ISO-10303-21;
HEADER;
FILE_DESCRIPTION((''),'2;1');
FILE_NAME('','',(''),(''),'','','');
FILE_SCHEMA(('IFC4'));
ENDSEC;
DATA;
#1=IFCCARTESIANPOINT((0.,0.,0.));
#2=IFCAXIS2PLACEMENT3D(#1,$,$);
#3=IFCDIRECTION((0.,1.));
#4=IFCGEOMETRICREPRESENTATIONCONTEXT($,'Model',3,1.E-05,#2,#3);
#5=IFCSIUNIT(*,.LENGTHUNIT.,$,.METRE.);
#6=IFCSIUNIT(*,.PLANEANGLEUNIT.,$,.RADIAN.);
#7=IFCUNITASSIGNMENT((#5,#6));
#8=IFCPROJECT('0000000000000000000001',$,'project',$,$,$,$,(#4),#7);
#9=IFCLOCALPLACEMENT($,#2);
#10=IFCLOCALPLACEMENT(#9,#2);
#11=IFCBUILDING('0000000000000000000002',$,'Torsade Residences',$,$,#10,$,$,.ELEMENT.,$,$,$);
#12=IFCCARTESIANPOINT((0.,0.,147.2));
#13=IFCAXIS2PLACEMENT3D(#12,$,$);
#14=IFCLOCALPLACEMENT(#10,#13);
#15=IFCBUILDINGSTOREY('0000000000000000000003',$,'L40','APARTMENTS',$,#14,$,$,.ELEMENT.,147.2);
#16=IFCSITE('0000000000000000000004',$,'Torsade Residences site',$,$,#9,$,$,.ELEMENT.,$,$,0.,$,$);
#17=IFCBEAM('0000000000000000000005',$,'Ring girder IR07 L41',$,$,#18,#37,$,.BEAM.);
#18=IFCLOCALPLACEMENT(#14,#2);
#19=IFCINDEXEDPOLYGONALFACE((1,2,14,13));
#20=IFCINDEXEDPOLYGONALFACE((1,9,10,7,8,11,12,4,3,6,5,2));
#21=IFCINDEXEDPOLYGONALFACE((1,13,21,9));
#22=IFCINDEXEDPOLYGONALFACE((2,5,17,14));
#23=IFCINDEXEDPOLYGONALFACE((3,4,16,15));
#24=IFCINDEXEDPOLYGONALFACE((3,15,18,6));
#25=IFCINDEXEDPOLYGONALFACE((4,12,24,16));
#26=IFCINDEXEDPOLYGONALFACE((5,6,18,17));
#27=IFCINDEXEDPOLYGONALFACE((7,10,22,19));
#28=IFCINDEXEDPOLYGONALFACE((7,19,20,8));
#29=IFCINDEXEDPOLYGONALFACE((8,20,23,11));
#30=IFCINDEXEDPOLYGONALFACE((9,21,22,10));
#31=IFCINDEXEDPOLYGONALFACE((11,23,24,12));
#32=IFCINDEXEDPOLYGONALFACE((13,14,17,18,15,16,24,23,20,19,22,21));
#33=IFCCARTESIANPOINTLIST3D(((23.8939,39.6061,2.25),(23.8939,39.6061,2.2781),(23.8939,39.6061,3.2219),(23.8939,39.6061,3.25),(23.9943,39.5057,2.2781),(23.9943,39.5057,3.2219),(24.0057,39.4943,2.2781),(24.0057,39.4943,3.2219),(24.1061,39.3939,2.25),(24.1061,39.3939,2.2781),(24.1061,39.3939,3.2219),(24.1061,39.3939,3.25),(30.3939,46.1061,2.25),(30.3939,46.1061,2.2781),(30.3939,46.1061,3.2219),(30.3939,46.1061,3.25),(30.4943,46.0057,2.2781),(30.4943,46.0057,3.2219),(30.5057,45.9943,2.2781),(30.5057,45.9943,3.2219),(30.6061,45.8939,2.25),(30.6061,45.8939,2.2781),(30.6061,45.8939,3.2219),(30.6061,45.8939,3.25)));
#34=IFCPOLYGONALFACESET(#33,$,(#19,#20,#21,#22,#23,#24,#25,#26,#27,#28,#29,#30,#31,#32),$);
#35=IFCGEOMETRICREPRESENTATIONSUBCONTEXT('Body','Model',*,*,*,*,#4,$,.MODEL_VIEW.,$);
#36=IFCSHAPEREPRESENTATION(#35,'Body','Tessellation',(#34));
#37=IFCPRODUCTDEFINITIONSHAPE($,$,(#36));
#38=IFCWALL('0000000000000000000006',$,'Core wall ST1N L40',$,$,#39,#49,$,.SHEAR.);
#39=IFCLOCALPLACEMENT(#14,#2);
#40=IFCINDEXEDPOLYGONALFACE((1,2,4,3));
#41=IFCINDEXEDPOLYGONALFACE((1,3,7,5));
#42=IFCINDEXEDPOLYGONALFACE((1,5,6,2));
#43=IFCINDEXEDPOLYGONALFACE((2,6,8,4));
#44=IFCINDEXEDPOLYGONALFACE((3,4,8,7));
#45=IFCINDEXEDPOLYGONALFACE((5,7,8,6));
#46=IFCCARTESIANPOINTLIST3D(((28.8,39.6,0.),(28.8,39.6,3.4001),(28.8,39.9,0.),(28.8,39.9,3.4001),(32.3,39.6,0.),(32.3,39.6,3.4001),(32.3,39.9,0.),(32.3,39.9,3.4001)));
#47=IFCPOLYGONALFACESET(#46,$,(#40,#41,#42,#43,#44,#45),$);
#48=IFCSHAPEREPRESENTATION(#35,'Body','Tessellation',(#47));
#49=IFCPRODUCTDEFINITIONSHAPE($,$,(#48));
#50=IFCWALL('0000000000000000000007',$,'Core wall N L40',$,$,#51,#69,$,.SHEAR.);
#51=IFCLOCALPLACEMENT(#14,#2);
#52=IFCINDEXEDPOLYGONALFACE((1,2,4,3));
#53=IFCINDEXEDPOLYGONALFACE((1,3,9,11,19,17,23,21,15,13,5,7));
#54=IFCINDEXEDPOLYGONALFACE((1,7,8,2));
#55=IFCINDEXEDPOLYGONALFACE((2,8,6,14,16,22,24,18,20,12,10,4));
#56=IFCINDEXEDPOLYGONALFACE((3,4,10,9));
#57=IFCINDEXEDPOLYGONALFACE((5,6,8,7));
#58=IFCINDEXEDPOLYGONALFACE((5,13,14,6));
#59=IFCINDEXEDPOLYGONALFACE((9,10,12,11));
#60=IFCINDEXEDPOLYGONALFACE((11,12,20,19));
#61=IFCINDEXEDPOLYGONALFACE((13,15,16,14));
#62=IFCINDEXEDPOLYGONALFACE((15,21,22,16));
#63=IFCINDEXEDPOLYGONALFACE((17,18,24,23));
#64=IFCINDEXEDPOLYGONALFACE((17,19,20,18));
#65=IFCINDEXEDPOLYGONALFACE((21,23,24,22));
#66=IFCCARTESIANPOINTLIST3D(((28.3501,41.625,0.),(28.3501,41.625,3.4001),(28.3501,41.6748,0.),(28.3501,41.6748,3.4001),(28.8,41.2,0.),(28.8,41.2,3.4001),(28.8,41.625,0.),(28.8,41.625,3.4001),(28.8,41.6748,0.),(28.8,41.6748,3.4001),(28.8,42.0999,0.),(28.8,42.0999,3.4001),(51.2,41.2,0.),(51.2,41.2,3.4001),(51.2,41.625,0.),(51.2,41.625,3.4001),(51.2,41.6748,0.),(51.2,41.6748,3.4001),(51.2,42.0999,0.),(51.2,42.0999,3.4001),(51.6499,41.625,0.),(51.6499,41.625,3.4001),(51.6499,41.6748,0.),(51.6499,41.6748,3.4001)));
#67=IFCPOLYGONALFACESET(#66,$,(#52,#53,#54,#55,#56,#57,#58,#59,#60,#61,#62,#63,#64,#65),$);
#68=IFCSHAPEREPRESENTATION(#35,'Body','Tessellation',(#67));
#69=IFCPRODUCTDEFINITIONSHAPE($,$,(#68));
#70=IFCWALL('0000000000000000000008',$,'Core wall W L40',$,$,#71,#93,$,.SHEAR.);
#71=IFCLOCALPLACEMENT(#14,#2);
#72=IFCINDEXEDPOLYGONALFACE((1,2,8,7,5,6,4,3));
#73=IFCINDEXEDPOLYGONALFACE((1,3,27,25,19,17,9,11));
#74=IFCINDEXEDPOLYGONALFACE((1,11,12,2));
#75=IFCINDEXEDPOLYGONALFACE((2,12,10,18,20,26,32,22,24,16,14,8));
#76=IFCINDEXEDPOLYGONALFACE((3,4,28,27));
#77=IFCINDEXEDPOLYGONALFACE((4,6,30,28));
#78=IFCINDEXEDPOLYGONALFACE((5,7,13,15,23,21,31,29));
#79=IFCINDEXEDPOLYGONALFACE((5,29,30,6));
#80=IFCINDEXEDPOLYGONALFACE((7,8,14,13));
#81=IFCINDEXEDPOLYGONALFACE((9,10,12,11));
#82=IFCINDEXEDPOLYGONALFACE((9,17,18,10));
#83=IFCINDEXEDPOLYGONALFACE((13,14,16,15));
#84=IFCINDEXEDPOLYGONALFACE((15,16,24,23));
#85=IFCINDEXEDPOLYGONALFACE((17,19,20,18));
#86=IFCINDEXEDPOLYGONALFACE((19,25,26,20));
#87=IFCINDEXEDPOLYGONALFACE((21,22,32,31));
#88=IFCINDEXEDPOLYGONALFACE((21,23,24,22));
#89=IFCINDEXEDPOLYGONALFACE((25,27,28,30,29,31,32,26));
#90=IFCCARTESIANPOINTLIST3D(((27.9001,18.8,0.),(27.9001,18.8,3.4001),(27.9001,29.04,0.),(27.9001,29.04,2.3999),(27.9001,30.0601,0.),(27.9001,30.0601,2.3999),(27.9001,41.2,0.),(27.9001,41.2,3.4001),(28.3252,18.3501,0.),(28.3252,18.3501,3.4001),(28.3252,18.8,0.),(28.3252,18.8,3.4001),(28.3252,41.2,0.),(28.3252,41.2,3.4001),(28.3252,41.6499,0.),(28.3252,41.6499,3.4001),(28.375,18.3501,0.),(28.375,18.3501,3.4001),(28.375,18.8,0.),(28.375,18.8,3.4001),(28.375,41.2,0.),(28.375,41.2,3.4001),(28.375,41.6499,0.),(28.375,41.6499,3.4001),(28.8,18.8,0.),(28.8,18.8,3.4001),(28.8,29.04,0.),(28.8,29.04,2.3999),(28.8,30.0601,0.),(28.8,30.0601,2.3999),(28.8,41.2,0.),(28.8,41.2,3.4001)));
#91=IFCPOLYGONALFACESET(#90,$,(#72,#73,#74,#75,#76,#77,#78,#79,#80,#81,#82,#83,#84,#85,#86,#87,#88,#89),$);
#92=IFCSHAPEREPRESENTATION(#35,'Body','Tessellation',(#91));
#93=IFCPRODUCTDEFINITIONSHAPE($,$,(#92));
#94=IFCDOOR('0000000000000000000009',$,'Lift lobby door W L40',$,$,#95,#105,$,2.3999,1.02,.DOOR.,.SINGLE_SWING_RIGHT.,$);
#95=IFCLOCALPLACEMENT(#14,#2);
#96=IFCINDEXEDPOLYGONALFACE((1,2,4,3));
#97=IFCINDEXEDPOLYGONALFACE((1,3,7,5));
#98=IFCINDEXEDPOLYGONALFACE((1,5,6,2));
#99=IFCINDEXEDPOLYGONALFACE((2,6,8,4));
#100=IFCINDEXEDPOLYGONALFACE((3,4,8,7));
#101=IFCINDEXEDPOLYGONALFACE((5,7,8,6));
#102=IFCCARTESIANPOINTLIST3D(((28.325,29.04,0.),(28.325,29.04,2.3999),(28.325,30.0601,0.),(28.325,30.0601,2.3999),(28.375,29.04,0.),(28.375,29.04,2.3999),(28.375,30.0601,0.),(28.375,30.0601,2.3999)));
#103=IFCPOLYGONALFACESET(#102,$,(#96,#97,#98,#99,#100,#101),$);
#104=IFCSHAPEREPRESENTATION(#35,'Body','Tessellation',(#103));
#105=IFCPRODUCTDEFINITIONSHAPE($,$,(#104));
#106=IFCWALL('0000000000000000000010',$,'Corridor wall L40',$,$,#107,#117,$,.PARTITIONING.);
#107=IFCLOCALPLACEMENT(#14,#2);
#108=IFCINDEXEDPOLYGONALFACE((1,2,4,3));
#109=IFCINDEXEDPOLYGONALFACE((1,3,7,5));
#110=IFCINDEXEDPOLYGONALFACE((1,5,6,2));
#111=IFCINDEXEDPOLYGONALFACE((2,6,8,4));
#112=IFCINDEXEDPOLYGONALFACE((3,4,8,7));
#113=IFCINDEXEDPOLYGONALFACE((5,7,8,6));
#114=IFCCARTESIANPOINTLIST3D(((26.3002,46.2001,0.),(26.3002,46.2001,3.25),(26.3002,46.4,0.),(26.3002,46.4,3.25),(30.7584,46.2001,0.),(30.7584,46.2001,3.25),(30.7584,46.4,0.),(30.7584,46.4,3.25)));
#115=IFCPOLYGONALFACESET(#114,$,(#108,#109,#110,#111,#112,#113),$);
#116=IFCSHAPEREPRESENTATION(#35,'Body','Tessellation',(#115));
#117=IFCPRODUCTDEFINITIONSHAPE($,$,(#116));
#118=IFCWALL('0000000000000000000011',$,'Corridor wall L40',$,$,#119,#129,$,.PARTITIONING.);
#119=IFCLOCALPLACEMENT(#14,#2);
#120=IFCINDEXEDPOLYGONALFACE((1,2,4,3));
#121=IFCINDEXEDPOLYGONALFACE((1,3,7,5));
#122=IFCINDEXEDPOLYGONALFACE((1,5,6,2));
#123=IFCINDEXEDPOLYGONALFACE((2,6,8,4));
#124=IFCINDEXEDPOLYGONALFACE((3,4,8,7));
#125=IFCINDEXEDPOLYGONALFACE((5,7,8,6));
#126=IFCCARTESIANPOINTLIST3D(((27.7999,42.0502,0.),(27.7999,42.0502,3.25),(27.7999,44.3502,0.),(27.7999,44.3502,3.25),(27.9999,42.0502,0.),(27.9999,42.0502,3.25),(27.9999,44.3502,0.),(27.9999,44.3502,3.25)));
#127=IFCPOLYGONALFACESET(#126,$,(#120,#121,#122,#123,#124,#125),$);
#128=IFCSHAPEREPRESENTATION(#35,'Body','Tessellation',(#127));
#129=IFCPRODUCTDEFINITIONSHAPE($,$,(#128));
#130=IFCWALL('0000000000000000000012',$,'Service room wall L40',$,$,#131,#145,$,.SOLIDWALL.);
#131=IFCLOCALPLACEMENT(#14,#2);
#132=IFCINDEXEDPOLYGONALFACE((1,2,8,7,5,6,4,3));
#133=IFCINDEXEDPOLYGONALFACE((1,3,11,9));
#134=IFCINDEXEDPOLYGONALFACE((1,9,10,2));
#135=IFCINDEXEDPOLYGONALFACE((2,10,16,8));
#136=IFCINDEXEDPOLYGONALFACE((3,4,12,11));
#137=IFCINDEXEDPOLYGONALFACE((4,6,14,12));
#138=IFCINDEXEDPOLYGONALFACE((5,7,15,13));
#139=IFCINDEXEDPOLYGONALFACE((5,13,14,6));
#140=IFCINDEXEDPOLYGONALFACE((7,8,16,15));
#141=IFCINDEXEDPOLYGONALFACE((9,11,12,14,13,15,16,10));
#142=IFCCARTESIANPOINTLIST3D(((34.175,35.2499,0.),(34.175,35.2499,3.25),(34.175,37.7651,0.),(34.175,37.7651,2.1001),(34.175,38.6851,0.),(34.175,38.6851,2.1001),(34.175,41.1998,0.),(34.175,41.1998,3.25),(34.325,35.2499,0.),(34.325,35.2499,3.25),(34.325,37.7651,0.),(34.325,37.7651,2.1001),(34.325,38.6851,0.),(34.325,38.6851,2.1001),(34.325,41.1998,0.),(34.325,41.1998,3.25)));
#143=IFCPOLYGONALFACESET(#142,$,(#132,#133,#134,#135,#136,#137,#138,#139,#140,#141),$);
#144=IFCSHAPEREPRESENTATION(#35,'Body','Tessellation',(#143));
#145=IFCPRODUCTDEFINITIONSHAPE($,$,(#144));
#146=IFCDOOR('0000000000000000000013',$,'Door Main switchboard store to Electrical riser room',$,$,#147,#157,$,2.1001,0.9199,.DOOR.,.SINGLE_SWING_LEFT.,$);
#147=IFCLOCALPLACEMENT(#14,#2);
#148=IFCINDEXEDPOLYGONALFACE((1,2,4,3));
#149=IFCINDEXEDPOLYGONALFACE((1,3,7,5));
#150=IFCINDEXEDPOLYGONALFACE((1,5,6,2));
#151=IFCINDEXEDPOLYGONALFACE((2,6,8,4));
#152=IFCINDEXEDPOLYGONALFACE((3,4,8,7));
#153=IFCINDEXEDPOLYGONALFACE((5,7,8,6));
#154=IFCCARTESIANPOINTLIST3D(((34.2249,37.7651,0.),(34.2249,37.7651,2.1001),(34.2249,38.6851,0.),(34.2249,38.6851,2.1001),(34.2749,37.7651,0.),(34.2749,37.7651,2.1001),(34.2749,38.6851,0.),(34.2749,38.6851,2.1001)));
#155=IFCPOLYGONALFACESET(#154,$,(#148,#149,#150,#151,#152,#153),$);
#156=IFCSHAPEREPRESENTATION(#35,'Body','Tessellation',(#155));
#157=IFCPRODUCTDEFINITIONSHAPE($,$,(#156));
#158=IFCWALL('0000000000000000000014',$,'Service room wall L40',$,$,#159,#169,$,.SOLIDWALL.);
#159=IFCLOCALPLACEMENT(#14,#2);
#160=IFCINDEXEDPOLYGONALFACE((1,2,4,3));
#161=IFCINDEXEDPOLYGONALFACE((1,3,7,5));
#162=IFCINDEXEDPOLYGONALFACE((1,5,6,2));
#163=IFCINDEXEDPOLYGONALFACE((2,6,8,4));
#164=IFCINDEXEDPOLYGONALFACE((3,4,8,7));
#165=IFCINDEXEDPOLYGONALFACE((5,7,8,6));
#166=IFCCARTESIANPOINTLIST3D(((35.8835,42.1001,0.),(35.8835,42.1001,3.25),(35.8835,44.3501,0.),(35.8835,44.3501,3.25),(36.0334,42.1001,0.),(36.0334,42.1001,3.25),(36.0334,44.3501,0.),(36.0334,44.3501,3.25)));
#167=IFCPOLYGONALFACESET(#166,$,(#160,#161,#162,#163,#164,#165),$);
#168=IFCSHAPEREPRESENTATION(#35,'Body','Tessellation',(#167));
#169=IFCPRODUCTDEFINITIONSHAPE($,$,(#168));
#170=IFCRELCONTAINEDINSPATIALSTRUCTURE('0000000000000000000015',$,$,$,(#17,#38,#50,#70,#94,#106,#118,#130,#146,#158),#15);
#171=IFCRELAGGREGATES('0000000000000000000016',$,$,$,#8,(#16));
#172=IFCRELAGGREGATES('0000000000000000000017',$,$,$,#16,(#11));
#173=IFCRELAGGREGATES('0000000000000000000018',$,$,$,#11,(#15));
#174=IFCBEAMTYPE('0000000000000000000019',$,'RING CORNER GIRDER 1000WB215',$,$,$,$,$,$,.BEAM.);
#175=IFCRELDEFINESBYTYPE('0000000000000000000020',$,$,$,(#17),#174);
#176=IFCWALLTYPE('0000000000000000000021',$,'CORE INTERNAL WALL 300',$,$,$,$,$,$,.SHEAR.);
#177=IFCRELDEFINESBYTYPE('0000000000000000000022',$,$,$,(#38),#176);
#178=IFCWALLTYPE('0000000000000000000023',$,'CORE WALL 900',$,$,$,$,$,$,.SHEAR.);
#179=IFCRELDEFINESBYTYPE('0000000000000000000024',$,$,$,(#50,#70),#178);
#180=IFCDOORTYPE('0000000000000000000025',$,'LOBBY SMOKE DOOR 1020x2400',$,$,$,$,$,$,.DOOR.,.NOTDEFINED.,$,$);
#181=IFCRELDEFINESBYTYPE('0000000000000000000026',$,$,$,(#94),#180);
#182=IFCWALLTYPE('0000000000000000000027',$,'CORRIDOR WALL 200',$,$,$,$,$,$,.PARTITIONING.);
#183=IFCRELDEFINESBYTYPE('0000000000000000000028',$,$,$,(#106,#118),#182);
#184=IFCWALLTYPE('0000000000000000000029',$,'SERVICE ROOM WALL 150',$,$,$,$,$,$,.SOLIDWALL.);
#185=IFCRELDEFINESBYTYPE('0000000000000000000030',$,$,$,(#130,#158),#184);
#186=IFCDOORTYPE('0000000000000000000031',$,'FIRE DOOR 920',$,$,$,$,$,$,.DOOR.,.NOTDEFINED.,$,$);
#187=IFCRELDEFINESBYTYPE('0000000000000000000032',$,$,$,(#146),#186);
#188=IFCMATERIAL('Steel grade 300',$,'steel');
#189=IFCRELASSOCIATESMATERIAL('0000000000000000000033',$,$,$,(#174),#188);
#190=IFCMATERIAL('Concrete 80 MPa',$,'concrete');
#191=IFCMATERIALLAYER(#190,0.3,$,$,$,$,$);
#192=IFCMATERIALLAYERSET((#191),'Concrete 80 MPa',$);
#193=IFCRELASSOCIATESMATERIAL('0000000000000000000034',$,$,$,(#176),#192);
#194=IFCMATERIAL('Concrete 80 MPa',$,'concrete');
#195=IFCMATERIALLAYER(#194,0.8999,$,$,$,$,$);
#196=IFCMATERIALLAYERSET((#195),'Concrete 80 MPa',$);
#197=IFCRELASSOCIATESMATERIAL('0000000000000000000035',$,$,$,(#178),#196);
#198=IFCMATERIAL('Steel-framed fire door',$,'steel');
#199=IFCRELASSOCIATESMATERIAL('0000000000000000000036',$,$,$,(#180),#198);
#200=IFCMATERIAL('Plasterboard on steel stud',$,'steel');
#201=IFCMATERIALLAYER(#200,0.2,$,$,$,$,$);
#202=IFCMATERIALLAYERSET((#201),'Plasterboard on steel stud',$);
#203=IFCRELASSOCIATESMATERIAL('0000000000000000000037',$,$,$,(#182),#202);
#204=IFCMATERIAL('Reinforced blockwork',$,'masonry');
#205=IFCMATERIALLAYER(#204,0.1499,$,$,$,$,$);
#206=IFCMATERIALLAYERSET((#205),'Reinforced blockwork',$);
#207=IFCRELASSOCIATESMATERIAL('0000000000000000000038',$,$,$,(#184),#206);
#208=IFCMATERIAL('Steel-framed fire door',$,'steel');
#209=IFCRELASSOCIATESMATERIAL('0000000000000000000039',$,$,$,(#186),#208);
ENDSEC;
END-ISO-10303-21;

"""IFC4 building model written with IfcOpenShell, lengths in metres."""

from ifc_helpers import new_model, si_unit, direction, frame, frame_2d, origin, origin_2d, place, context, subcontext, project, spatial, polyline, rectangle, i_section, outline, extrude, material, layer, layer_set, material_profile, profile_set, type_object, element, fill, save


model = new_model("IFC4")

# Units and contexts
model_context = context("Model", 3, precision=1e-05, world=origin(), true_north=direction((0.0, 1.0)))
body_context = subcontext(model_context, "Body", "Model", "MODEL_VIEW")
ifc_project = project(units=[si_unit("LENGTHUNIT", "METRE"), si_unit("PLANEANGLEUNIT", "RADIAN")], contexts=[model_context])

# Site, building, storey
site_placement = place(None, origin())
site = spatial("IfcSite", under=ifc_project, at=site_placement, Name="Torsade Residences site", CompositionType="ELEMENT", RefElevation=0.0)
building_placement = place(site_placement, origin())
building = spatial("IfcBuilding", under=site, at=building_placement, Name="Torsade Residences", CompositionType="ELEMENT")
storey_placement = place(building_placement, frame((0.0, 0.0, 147.2)))
storey = spatial("IfcBuildingStorey", under=building, at=storey_placement, Name="L40", Description="APARTMENTS", CompositionType="ELEMENT", Elevation=147.2)

# Beam
ifc_material_1 = material(Name="Steel grade 300", Category="steel")
ifc_material_profile_1 = material_profile(ifc_material_1, i_section(OverallWidth=0.3, OverallDepth=1.0, WebThickness=0.0161, FlangeThickness=0.0281, at=origin_2d()), Name="1000WB215")
ifc_profile_set_1 = profile_set([ifc_material_profile_1], Name="Steel grade 300")
beam_type_1 = type_object("IfcBeamType", Name="RING CORNER GIRDER 1000WB215", PredefinedType="BEAM", material=ifc_profile_set_1)
beam_1_placement = place(storey_placement, frame((30.5, 46.0, 2.75), z_axis=(-0.707107, -0.707107, 0.0), x_axis=(0.707107, -0.707107, 0.0)))
element("IfcBeam", 1, at=beam_1_placement, inside=storey, type_object=beam_type_1, Name="Ring girder IR07 L41", PredefinedType="BEAM", context=body_context, shape_type="SweptSolid", body=[
    extrude(i_section(OverallWidth=0.3, OverallDepth=1.0, WebThickness=0.0161, FlangeThickness=0.0281, at=origin_2d()), origin(), (0.0, 0.0, 1.0), 9.1924),
])

# Walls
ifc_material_2 = material(Name="Concrete 80 MPa", Category="concrete")
ifc_layer_1 = layer(ifc_material_2, 0.3)
ifc_layer_set_1 = layer_set([ifc_layer_1], Name="Concrete 80 MPa")
wall_type_1 = type_object("IfcWallType", Name="CORE INTERNAL WALL 300", PredefinedType="SHEAR", material=ifc_layer_set_1)
wall_1_placement = place(storey_placement, frame((28.8, 39.75, 0.0), z_axis=(0.0, 0.0, 1.0), x_axis=(1.0, 0.0, 0.0)))
element("IfcWall", 2, at=wall_1_placement, inside=storey, type_object=wall_type_1, Name="Core wall ST1N L40", PredefinedType="SHEAR", context=body_context, shape_type="SweptSolid", body=[
    extrude(rectangle(XDim=3.5, YDim=0.3, at=frame_2d((1.75, 0.0))), origin(), (0.0, 0.0, 1.0), 3.4001),
])
ifc_material_3 = material(Name="Concrete 80 MPa", Category="concrete")
ifc_layer_2 = layer(ifc_material_3, 0.8999)
ifc_layer_set_2 = layer_set([ifc_layer_2], Name="Concrete 80 MPa")
wall_type_2 = type_object("IfcWallType", Name="CORE WALL 900", PredefinedType="SHEAR", material=ifc_layer_set_2)
wall_2_placement = place(storey_placement, frame((28.8, 41.6499, 0.0), z_axis=(0.0, 0.0, 1.0), x_axis=(1.0, 0.0, 0.0)))
element("IfcWall", 3, at=wall_2_placement, inside=storey, type_object=wall_type_2, Name="Core wall N L40", PredefinedType="SHEAR", context=body_context, shape_type="SweptSolid", body=[
    extrude(outline(polyline([(0.0, -0.45), (22.3999, -0.45), (22.3999, -0.0249), (22.8499, -0.0249), (22.8499, 0.0249), (22.3999, 0.0249), (22.3999, 0.45), (0.0, 0.45), (0.0, 0.0249), (-0.45, 0.0249), (-0.45, -0.0249), (0.0, -0.0249), (0.0, -0.45)])), origin(), (0.0, 0.0, 1.0), 3.4001),
])

# Wall, opening, door
wall_3_placement = place(storey_placement, frame((28.3501, 41.2, 0.0), z_axis=(0.0, 0.0, 1.0), x_axis=(0.0, -1.0, 0.0)))
wall_3 = element("IfcWall", 4, at=wall_3_placement, inside=storey, type_object=wall_type_2, Name="Core wall W L40", PredefinedType="SHEAR", context=body_context, shape_type="SweptSolid", body=[
    extrude(outline(polyline([(0.0, -0.45), (22.3999, -0.45), (22.3999, -0.0249), (22.8499, -0.0249), (22.8499, 0.0249), (22.3999, 0.0249), (22.3999, 0.45), (0.0, 0.45), (0.0, 0.0249), (-0.45, 0.0249), (-0.45, -0.0249), (0.0, -0.0249), (0.0, -0.45)])), origin(), (0.0, 0.0, 1.0), 3.4001),
])
opening_1_placement = place(wall_3_placement, frame((11.1399, 0.0, 0.0)))
opening_1 = element("IfcOpeningElement", 5, at=opening_1_placement, cuts=wall_3, PredefinedType="OPENING", context=body_context, shape_type="SweptSolid", body=[
    extrude(rectangle(XDim=1.02, YDim=2.3999, at=frame_2d((0.51, 1.2))), frame((0.0, 0.46, 0.0), z_axis=(0.0, -1.0, 0.0), x_axis=(1.0, 0.0, 0.0)), (0.0, 0.0, 1.0), 0.9199),
])
ifc_material_4 = material(Name="Steel-framed fire door", Category="steel")
door_type_1 = type_object("IfcDoorType", Name="LOBBY SMOKE DOOR 1020x2400", OperationType="NOTDEFINED", PredefinedType="DOOR", material=ifc_material_4)
door_1_placement = place(opening_1_placement, origin())
door_1 = element("IfcDoor", 6, at=door_1_placement, inside=storey, type_object=door_type_1, Name="Lift lobby door W L40", OperationType="SINGLE_SWING_RIGHT", OverallHeight=2.3999, OverallWidth=1.02, PredefinedType="DOOR", context=body_context, shape_type="SweptSolid", body=[
    extrude(rectangle(XDim=1.02, YDim=2.3999, at=frame_2d((0.51, 1.2))), frame((0.0, 0.0249, 0.0), z_axis=(0.0, -1.0, 0.0), x_axis=(1.0, 0.0, 0.0)), (0.0, 0.0, 1.0), 0.05),
])
fill(opening_1, door_1)

# Walls
ifc_material_5 = material(Name="Plasterboard on steel stud", Category="steel")
ifc_layer_3 = layer(ifc_material_5, 0.2)
ifc_layer_set_3 = layer_set([ifc_layer_3], Name="Plasterboard on steel stud")
wall_type_3 = type_object("IfcWallType", Name="CORRIDOR WALL 200", PredefinedType="PARTITIONING", material=ifc_layer_set_3)
wall_4_placement = place(storey_placement, frame((30.7583, 46.3, 0.0), z_axis=(0.0, 0.0, 1.0), x_axis=(-1.0, 0.0, 0.0)))
element("IfcWall", 7, at=wall_4_placement, inside=storey, type_object=wall_type_3, Name="Corridor wall L40", PredefinedType="PARTITIONING", context=body_context, shape_type="SweptSolid", body=[
    extrude(rectangle(XDim=4.4583, YDim=0.2, at=frame_2d((2.229, 0.0))), origin(), (0.0, 0.0, 1.0), 3.25),
])
wall_5_placement = place(storey_placement, frame((27.8999, 44.3501, 0.0), z_axis=(0.0, 0.0, 1.0), x_axis=(0.0, -1.0, 0.0)))
element("IfcWall", 8, at=wall_5_placement, inside=storey, type_object=wall_type_3, Name="Corridor wall L40", PredefinedType="PARTITIONING", context=body_context, shape_type="SweptSolid", body=[
    extrude(rectangle(XDim=2.3, YDim=0.2, at=frame_2d((1.1499, 0.0))), origin(), (0.0, 0.0, 1.0), 3.25),
])

# Wall, opening, door
ifc_material_6 = material(Name="Reinforced blockwork", Category="masonry")
ifc_layer_4 = layer(ifc_material_6, 0.1499)
ifc_layer_set_4 = layer_set([ifc_layer_4], Name="Reinforced blockwork")
wall_type_4 = type_object("IfcWallType", Name="SERVICE ROOM WALL 150", PredefinedType="SOLIDWALL", material=ifc_layer_set_4)
wall_6_placement = place(storey_placement, frame((34.25, 41.2, 0.0), z_axis=(0.0, 0.0, 1.0), x_axis=(0.0, -1.0, 0.0)))
wall_6 = element("IfcWall", 9, at=wall_6_placement, inside=storey, type_object=wall_type_4, Name="Service room wall L40", PredefinedType="SOLIDWALL", context=body_context, shape_type="SweptSolid", body=[
    extrude(rectangle(XDim=5.95, YDim=0.1499, at=frame_2d((2.9751, 0.0))), origin(), (0.0, 0.0, 1.0), 3.25),
])
opening_2_placement = place(wall_6_placement, frame((2.5149, 0.0, 0.0)))
opening_2 = element("IfcOpeningElement", 10, at=opening_2_placement, cuts=wall_6, PredefinedType="OPENING", context=body_context, shape_type="SweptSolid", body=[
    extrude(rectangle(XDim=0.9199, YDim=2.1001, at=frame_2d((0.46, 1.05))), frame((0.0, 0.085, 0.0), z_axis=(0.0, -1.0, 0.0), x_axis=(1.0, 0.0, 0.0)), (0.0, 0.0, 1.0), 0.1699),
])
ifc_material_7 = material(Name="Steel-framed fire door", Category="steel")
door_type_2 = type_object("IfcDoorType", Name="FIRE DOOR 920", OperationType="NOTDEFINED", PredefinedType="DOOR", material=ifc_material_7)
door_2_placement = place(opening_2_placement, origin())
door_2 = element("IfcDoor", 11, at=door_2_placement, inside=storey, type_object=door_type_2, Name="Door Main switchboard store to Electrical riser room", OperationType="SINGLE_SWING_LEFT", OverallHeight=2.1001, OverallWidth=0.9199, PredefinedType="DOOR", context=body_context, shape_type="SweptSolid", body=[
    extrude(rectangle(XDim=0.9199, YDim=2.1001, at=frame_2d((0.46, 1.05))), frame((0.0, 0.0249, 0.0), z_axis=(0.0, -1.0, 0.0), x_axis=(1.0, 0.0, 0.0)), (0.0, 0.0, 1.0), 0.05),
])
fill(opening_2, door_2)

# Wall
wall_7_placement = place(storey_placement, frame((35.9585, 42.1001, 0.0), z_axis=(0.0, 0.0, 1.0), x_axis=(0.0, 1.0, 0.0)))
element("IfcWall", 12, at=wall_7_placement, inside=storey, type_object=wall_type_4, Name="Service room wall L40", PredefinedType="SOLIDWALL", context=body_context, shape_type="SweptSolid", body=[
    extrude(rectangle(XDim=2.25, YDim=0.1499, at=frame_2d((1.125, 0.0))), origin(), (0.0, 0.0, 1.0), 3.25),
])

save(model, "model.ifc")
